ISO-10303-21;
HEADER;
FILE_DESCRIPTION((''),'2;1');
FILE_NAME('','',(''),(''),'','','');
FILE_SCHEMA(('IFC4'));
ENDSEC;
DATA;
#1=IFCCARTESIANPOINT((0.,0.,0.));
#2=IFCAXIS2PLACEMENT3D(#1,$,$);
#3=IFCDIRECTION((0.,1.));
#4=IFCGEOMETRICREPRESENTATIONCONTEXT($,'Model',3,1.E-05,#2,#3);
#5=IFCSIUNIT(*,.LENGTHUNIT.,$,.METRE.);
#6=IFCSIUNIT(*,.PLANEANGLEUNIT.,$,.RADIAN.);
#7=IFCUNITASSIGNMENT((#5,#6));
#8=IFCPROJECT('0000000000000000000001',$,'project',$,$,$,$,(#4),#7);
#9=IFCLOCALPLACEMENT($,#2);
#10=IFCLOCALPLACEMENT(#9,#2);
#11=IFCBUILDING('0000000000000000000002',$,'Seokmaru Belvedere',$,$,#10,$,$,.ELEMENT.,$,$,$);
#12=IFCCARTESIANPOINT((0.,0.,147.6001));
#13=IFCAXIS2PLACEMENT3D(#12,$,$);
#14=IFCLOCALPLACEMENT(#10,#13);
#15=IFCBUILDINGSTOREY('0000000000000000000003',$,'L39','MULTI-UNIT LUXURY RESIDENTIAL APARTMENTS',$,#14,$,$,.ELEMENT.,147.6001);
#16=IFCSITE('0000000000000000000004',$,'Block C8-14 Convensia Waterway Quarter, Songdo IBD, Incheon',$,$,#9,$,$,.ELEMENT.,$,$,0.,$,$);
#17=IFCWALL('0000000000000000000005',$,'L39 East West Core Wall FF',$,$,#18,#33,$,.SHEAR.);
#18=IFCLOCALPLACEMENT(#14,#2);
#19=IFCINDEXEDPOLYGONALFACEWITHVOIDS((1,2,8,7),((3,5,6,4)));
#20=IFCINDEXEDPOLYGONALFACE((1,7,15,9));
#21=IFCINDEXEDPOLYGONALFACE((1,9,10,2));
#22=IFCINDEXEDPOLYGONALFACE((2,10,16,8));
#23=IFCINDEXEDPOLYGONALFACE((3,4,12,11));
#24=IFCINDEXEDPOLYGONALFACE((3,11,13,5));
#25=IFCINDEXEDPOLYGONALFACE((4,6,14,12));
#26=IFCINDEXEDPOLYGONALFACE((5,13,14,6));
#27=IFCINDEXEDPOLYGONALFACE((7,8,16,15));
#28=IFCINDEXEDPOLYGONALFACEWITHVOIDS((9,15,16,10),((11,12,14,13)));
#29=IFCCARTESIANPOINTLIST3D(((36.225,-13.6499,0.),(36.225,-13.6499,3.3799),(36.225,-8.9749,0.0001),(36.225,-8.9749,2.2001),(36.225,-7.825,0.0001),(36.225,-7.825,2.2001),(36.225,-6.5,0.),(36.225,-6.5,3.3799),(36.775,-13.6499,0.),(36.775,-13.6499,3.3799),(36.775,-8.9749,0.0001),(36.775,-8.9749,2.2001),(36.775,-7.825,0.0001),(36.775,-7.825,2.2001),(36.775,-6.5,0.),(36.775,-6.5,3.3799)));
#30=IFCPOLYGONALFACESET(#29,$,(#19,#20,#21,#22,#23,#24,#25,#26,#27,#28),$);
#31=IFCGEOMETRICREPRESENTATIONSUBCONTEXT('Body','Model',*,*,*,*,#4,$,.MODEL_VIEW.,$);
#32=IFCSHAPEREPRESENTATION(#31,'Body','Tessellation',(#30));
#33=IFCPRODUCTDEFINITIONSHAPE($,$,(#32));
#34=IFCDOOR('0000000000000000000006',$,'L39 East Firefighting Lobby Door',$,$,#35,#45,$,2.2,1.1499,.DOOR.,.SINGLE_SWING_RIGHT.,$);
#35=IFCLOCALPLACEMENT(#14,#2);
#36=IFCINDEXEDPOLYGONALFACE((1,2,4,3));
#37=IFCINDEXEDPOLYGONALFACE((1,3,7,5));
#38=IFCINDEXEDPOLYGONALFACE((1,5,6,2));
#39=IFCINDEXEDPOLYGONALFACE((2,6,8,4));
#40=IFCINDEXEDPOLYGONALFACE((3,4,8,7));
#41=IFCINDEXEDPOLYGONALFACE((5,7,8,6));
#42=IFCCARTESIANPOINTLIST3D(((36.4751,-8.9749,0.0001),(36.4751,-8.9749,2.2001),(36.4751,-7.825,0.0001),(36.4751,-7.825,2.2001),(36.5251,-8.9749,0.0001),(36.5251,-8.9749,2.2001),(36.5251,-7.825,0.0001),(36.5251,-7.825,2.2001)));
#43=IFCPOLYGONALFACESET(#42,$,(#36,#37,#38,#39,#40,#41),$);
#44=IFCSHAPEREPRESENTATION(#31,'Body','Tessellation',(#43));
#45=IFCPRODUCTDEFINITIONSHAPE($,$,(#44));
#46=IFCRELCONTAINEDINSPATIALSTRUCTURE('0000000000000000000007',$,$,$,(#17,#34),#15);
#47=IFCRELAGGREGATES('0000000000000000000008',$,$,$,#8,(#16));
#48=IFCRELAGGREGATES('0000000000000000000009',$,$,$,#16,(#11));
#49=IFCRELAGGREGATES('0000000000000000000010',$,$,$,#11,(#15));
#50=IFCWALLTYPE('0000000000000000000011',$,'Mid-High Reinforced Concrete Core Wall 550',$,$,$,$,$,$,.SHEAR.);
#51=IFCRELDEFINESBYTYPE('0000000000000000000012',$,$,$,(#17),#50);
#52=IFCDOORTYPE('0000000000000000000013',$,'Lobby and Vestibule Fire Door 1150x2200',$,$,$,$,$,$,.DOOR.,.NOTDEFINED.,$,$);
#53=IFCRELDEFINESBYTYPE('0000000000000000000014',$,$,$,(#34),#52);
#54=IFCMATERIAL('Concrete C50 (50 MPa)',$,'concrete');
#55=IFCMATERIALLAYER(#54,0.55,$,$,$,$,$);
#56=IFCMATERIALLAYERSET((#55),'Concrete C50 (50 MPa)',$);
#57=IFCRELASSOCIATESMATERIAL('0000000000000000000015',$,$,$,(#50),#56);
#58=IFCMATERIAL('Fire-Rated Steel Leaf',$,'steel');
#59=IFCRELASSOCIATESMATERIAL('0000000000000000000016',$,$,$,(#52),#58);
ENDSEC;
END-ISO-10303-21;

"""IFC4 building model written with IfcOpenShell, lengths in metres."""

from ifc_helpers import new_model, si_unit, direction, frame, frame_2d, origin, place, context, subcontext, project, spatial, rectangle, extrude, source, transform, mapped, material, layer, layer_set, type_object, type_shapes, element, fill, save


model = new_model("IFC4")

# Units and contexts
model_context = context("Model", 3, precision=1e-05, world=origin(), true_north=direction((0.0, 1.0)))
body_context = subcontext(model_context, "Body", "Model", "MODEL_VIEW")
ifc_project = project(units=[si_unit("LENGTHUNIT", "METRE"), si_unit("PLANEANGLEUNIT", "RADIAN")], contexts=[model_context])

# Site, building, storey
site_placement = place(None, origin())
site = spatial("IfcSite", under=ifc_project, at=site_placement, Name="Block C8-14 Convensia Waterway Quarter, Songdo IBD, Incheon", CompositionType="ELEMENT", RefElevation=0.0)
building_placement = place(site_placement, origin())
building = spatial("IfcBuilding", under=site, at=building_placement, Name="Seokmaru Belvedere", CompositionType="ELEMENT")
storey_placement = place(building_placement, frame((0.0, 0.0, 147.6001)))
storey = spatial("IfcBuildingStorey", under=building, at=storey_placement, Name="L39", Description="MULTI-UNIT LUXURY RESIDENTIAL APARTMENTS", CompositionType="ELEMENT", Elevation=147.6001)

# Shared definitions
ifc_material_1 = material(Name="Fire-Rated Steel Leaf", Category="steel")

# Wall, opening, door
ifc_material_2 = material(Name="Concrete C50 (50 MPa)", Category="concrete")
ifc_layer_1 = layer(ifc_material_2, 0.55)
ifc_layer_set_1 = layer_set([ifc_layer_1], Name="Concrete C50 (50 MPa)")
wall_type_1 = type_object("IfcWallType", Name="Mid-High Reinforced Concrete Core Wall 550", PredefinedType="SHEAR", material=ifc_layer_set_1)
wall_1_placement = place(storey_placement, frame((36.5, -13.6499, 0.0), z_axis=(0.0, 0.0, 1.0), x_axis=(0.0, 1.0, 0.0)))
wall_1 = element("IfcWall", 1, at=wall_1_placement, inside=storey, type_object=wall_type_1, Name="L39 East West Core Wall FF", PredefinedType="SHEAR", context=body_context, shape_type="SweptSolid", body=[
    extrude(rectangle(XDim=7.1499, YDim=0.55, at=frame_2d((3.575, 0.0))), origin(), (0.0, 0.0, 1.0), 3.3799),
])
opening_1_placement = place(wall_1_placement, frame((4.675, 0.0, 0.0)))
opening_1 = element("IfcOpeningElement", 2, at=opening_1_placement, cuts=wall_1, PredefinedType="OPENING", context=body_context, shape_type="SweptSolid", body=[
    extrude(rectangle(XDim=1.1499, YDim=2.2, at=frame_2d((0.575, 1.1001))), frame((0.0, 0.2852, 0.0), z_axis=(0.0, -1.0, 0.0), x_axis=(1.0, 0.0, 0.0)), (0.0, 0.0, 1.0), 0.5701),
])
door_type_1 = type_object("IfcDoorType", Name="Lobby and Vestibule Fire Door 1150x2200", OperationType="NOTDEFINED", PredefinedType="DOOR", material=ifc_material_1)
shared_shape_1 = source(origin(), body_context, "Body", "SweptSolid", [
    extrude(rectangle(XDim=1.1499, YDim=2.2, at=frame_2d((0.575, 1.1001))), frame((0.0, 0.0249, 0.0), z_axis=(0.0, -1.0, 0.0), x_axis=(1.0, 0.0, 0.0)), (0.0, 0.0, 1.0), 0.05),
])
type_shapes(door_type_1, [shared_shape_1])
door_1_placement = place(opening_1_placement, origin())
door_1 = element("IfcDoor", 3, at=door_1_placement, inside=storey, type_object=door_type_1, Name="L39 East Firefighting Lobby Door", OperationType="SINGLE_SWING_RIGHT", OverallHeight=2.2, OverallWidth=1.1499, PredefinedType="DOOR", context=body_context, shape_type="MappedRepresentation", body=[
    mapped(shared_shape_1, transform((0.0, 0.0, 0.0), scale=1.0)),
])
fill(opening_1, door_1)

save(model, "model.ifc")
